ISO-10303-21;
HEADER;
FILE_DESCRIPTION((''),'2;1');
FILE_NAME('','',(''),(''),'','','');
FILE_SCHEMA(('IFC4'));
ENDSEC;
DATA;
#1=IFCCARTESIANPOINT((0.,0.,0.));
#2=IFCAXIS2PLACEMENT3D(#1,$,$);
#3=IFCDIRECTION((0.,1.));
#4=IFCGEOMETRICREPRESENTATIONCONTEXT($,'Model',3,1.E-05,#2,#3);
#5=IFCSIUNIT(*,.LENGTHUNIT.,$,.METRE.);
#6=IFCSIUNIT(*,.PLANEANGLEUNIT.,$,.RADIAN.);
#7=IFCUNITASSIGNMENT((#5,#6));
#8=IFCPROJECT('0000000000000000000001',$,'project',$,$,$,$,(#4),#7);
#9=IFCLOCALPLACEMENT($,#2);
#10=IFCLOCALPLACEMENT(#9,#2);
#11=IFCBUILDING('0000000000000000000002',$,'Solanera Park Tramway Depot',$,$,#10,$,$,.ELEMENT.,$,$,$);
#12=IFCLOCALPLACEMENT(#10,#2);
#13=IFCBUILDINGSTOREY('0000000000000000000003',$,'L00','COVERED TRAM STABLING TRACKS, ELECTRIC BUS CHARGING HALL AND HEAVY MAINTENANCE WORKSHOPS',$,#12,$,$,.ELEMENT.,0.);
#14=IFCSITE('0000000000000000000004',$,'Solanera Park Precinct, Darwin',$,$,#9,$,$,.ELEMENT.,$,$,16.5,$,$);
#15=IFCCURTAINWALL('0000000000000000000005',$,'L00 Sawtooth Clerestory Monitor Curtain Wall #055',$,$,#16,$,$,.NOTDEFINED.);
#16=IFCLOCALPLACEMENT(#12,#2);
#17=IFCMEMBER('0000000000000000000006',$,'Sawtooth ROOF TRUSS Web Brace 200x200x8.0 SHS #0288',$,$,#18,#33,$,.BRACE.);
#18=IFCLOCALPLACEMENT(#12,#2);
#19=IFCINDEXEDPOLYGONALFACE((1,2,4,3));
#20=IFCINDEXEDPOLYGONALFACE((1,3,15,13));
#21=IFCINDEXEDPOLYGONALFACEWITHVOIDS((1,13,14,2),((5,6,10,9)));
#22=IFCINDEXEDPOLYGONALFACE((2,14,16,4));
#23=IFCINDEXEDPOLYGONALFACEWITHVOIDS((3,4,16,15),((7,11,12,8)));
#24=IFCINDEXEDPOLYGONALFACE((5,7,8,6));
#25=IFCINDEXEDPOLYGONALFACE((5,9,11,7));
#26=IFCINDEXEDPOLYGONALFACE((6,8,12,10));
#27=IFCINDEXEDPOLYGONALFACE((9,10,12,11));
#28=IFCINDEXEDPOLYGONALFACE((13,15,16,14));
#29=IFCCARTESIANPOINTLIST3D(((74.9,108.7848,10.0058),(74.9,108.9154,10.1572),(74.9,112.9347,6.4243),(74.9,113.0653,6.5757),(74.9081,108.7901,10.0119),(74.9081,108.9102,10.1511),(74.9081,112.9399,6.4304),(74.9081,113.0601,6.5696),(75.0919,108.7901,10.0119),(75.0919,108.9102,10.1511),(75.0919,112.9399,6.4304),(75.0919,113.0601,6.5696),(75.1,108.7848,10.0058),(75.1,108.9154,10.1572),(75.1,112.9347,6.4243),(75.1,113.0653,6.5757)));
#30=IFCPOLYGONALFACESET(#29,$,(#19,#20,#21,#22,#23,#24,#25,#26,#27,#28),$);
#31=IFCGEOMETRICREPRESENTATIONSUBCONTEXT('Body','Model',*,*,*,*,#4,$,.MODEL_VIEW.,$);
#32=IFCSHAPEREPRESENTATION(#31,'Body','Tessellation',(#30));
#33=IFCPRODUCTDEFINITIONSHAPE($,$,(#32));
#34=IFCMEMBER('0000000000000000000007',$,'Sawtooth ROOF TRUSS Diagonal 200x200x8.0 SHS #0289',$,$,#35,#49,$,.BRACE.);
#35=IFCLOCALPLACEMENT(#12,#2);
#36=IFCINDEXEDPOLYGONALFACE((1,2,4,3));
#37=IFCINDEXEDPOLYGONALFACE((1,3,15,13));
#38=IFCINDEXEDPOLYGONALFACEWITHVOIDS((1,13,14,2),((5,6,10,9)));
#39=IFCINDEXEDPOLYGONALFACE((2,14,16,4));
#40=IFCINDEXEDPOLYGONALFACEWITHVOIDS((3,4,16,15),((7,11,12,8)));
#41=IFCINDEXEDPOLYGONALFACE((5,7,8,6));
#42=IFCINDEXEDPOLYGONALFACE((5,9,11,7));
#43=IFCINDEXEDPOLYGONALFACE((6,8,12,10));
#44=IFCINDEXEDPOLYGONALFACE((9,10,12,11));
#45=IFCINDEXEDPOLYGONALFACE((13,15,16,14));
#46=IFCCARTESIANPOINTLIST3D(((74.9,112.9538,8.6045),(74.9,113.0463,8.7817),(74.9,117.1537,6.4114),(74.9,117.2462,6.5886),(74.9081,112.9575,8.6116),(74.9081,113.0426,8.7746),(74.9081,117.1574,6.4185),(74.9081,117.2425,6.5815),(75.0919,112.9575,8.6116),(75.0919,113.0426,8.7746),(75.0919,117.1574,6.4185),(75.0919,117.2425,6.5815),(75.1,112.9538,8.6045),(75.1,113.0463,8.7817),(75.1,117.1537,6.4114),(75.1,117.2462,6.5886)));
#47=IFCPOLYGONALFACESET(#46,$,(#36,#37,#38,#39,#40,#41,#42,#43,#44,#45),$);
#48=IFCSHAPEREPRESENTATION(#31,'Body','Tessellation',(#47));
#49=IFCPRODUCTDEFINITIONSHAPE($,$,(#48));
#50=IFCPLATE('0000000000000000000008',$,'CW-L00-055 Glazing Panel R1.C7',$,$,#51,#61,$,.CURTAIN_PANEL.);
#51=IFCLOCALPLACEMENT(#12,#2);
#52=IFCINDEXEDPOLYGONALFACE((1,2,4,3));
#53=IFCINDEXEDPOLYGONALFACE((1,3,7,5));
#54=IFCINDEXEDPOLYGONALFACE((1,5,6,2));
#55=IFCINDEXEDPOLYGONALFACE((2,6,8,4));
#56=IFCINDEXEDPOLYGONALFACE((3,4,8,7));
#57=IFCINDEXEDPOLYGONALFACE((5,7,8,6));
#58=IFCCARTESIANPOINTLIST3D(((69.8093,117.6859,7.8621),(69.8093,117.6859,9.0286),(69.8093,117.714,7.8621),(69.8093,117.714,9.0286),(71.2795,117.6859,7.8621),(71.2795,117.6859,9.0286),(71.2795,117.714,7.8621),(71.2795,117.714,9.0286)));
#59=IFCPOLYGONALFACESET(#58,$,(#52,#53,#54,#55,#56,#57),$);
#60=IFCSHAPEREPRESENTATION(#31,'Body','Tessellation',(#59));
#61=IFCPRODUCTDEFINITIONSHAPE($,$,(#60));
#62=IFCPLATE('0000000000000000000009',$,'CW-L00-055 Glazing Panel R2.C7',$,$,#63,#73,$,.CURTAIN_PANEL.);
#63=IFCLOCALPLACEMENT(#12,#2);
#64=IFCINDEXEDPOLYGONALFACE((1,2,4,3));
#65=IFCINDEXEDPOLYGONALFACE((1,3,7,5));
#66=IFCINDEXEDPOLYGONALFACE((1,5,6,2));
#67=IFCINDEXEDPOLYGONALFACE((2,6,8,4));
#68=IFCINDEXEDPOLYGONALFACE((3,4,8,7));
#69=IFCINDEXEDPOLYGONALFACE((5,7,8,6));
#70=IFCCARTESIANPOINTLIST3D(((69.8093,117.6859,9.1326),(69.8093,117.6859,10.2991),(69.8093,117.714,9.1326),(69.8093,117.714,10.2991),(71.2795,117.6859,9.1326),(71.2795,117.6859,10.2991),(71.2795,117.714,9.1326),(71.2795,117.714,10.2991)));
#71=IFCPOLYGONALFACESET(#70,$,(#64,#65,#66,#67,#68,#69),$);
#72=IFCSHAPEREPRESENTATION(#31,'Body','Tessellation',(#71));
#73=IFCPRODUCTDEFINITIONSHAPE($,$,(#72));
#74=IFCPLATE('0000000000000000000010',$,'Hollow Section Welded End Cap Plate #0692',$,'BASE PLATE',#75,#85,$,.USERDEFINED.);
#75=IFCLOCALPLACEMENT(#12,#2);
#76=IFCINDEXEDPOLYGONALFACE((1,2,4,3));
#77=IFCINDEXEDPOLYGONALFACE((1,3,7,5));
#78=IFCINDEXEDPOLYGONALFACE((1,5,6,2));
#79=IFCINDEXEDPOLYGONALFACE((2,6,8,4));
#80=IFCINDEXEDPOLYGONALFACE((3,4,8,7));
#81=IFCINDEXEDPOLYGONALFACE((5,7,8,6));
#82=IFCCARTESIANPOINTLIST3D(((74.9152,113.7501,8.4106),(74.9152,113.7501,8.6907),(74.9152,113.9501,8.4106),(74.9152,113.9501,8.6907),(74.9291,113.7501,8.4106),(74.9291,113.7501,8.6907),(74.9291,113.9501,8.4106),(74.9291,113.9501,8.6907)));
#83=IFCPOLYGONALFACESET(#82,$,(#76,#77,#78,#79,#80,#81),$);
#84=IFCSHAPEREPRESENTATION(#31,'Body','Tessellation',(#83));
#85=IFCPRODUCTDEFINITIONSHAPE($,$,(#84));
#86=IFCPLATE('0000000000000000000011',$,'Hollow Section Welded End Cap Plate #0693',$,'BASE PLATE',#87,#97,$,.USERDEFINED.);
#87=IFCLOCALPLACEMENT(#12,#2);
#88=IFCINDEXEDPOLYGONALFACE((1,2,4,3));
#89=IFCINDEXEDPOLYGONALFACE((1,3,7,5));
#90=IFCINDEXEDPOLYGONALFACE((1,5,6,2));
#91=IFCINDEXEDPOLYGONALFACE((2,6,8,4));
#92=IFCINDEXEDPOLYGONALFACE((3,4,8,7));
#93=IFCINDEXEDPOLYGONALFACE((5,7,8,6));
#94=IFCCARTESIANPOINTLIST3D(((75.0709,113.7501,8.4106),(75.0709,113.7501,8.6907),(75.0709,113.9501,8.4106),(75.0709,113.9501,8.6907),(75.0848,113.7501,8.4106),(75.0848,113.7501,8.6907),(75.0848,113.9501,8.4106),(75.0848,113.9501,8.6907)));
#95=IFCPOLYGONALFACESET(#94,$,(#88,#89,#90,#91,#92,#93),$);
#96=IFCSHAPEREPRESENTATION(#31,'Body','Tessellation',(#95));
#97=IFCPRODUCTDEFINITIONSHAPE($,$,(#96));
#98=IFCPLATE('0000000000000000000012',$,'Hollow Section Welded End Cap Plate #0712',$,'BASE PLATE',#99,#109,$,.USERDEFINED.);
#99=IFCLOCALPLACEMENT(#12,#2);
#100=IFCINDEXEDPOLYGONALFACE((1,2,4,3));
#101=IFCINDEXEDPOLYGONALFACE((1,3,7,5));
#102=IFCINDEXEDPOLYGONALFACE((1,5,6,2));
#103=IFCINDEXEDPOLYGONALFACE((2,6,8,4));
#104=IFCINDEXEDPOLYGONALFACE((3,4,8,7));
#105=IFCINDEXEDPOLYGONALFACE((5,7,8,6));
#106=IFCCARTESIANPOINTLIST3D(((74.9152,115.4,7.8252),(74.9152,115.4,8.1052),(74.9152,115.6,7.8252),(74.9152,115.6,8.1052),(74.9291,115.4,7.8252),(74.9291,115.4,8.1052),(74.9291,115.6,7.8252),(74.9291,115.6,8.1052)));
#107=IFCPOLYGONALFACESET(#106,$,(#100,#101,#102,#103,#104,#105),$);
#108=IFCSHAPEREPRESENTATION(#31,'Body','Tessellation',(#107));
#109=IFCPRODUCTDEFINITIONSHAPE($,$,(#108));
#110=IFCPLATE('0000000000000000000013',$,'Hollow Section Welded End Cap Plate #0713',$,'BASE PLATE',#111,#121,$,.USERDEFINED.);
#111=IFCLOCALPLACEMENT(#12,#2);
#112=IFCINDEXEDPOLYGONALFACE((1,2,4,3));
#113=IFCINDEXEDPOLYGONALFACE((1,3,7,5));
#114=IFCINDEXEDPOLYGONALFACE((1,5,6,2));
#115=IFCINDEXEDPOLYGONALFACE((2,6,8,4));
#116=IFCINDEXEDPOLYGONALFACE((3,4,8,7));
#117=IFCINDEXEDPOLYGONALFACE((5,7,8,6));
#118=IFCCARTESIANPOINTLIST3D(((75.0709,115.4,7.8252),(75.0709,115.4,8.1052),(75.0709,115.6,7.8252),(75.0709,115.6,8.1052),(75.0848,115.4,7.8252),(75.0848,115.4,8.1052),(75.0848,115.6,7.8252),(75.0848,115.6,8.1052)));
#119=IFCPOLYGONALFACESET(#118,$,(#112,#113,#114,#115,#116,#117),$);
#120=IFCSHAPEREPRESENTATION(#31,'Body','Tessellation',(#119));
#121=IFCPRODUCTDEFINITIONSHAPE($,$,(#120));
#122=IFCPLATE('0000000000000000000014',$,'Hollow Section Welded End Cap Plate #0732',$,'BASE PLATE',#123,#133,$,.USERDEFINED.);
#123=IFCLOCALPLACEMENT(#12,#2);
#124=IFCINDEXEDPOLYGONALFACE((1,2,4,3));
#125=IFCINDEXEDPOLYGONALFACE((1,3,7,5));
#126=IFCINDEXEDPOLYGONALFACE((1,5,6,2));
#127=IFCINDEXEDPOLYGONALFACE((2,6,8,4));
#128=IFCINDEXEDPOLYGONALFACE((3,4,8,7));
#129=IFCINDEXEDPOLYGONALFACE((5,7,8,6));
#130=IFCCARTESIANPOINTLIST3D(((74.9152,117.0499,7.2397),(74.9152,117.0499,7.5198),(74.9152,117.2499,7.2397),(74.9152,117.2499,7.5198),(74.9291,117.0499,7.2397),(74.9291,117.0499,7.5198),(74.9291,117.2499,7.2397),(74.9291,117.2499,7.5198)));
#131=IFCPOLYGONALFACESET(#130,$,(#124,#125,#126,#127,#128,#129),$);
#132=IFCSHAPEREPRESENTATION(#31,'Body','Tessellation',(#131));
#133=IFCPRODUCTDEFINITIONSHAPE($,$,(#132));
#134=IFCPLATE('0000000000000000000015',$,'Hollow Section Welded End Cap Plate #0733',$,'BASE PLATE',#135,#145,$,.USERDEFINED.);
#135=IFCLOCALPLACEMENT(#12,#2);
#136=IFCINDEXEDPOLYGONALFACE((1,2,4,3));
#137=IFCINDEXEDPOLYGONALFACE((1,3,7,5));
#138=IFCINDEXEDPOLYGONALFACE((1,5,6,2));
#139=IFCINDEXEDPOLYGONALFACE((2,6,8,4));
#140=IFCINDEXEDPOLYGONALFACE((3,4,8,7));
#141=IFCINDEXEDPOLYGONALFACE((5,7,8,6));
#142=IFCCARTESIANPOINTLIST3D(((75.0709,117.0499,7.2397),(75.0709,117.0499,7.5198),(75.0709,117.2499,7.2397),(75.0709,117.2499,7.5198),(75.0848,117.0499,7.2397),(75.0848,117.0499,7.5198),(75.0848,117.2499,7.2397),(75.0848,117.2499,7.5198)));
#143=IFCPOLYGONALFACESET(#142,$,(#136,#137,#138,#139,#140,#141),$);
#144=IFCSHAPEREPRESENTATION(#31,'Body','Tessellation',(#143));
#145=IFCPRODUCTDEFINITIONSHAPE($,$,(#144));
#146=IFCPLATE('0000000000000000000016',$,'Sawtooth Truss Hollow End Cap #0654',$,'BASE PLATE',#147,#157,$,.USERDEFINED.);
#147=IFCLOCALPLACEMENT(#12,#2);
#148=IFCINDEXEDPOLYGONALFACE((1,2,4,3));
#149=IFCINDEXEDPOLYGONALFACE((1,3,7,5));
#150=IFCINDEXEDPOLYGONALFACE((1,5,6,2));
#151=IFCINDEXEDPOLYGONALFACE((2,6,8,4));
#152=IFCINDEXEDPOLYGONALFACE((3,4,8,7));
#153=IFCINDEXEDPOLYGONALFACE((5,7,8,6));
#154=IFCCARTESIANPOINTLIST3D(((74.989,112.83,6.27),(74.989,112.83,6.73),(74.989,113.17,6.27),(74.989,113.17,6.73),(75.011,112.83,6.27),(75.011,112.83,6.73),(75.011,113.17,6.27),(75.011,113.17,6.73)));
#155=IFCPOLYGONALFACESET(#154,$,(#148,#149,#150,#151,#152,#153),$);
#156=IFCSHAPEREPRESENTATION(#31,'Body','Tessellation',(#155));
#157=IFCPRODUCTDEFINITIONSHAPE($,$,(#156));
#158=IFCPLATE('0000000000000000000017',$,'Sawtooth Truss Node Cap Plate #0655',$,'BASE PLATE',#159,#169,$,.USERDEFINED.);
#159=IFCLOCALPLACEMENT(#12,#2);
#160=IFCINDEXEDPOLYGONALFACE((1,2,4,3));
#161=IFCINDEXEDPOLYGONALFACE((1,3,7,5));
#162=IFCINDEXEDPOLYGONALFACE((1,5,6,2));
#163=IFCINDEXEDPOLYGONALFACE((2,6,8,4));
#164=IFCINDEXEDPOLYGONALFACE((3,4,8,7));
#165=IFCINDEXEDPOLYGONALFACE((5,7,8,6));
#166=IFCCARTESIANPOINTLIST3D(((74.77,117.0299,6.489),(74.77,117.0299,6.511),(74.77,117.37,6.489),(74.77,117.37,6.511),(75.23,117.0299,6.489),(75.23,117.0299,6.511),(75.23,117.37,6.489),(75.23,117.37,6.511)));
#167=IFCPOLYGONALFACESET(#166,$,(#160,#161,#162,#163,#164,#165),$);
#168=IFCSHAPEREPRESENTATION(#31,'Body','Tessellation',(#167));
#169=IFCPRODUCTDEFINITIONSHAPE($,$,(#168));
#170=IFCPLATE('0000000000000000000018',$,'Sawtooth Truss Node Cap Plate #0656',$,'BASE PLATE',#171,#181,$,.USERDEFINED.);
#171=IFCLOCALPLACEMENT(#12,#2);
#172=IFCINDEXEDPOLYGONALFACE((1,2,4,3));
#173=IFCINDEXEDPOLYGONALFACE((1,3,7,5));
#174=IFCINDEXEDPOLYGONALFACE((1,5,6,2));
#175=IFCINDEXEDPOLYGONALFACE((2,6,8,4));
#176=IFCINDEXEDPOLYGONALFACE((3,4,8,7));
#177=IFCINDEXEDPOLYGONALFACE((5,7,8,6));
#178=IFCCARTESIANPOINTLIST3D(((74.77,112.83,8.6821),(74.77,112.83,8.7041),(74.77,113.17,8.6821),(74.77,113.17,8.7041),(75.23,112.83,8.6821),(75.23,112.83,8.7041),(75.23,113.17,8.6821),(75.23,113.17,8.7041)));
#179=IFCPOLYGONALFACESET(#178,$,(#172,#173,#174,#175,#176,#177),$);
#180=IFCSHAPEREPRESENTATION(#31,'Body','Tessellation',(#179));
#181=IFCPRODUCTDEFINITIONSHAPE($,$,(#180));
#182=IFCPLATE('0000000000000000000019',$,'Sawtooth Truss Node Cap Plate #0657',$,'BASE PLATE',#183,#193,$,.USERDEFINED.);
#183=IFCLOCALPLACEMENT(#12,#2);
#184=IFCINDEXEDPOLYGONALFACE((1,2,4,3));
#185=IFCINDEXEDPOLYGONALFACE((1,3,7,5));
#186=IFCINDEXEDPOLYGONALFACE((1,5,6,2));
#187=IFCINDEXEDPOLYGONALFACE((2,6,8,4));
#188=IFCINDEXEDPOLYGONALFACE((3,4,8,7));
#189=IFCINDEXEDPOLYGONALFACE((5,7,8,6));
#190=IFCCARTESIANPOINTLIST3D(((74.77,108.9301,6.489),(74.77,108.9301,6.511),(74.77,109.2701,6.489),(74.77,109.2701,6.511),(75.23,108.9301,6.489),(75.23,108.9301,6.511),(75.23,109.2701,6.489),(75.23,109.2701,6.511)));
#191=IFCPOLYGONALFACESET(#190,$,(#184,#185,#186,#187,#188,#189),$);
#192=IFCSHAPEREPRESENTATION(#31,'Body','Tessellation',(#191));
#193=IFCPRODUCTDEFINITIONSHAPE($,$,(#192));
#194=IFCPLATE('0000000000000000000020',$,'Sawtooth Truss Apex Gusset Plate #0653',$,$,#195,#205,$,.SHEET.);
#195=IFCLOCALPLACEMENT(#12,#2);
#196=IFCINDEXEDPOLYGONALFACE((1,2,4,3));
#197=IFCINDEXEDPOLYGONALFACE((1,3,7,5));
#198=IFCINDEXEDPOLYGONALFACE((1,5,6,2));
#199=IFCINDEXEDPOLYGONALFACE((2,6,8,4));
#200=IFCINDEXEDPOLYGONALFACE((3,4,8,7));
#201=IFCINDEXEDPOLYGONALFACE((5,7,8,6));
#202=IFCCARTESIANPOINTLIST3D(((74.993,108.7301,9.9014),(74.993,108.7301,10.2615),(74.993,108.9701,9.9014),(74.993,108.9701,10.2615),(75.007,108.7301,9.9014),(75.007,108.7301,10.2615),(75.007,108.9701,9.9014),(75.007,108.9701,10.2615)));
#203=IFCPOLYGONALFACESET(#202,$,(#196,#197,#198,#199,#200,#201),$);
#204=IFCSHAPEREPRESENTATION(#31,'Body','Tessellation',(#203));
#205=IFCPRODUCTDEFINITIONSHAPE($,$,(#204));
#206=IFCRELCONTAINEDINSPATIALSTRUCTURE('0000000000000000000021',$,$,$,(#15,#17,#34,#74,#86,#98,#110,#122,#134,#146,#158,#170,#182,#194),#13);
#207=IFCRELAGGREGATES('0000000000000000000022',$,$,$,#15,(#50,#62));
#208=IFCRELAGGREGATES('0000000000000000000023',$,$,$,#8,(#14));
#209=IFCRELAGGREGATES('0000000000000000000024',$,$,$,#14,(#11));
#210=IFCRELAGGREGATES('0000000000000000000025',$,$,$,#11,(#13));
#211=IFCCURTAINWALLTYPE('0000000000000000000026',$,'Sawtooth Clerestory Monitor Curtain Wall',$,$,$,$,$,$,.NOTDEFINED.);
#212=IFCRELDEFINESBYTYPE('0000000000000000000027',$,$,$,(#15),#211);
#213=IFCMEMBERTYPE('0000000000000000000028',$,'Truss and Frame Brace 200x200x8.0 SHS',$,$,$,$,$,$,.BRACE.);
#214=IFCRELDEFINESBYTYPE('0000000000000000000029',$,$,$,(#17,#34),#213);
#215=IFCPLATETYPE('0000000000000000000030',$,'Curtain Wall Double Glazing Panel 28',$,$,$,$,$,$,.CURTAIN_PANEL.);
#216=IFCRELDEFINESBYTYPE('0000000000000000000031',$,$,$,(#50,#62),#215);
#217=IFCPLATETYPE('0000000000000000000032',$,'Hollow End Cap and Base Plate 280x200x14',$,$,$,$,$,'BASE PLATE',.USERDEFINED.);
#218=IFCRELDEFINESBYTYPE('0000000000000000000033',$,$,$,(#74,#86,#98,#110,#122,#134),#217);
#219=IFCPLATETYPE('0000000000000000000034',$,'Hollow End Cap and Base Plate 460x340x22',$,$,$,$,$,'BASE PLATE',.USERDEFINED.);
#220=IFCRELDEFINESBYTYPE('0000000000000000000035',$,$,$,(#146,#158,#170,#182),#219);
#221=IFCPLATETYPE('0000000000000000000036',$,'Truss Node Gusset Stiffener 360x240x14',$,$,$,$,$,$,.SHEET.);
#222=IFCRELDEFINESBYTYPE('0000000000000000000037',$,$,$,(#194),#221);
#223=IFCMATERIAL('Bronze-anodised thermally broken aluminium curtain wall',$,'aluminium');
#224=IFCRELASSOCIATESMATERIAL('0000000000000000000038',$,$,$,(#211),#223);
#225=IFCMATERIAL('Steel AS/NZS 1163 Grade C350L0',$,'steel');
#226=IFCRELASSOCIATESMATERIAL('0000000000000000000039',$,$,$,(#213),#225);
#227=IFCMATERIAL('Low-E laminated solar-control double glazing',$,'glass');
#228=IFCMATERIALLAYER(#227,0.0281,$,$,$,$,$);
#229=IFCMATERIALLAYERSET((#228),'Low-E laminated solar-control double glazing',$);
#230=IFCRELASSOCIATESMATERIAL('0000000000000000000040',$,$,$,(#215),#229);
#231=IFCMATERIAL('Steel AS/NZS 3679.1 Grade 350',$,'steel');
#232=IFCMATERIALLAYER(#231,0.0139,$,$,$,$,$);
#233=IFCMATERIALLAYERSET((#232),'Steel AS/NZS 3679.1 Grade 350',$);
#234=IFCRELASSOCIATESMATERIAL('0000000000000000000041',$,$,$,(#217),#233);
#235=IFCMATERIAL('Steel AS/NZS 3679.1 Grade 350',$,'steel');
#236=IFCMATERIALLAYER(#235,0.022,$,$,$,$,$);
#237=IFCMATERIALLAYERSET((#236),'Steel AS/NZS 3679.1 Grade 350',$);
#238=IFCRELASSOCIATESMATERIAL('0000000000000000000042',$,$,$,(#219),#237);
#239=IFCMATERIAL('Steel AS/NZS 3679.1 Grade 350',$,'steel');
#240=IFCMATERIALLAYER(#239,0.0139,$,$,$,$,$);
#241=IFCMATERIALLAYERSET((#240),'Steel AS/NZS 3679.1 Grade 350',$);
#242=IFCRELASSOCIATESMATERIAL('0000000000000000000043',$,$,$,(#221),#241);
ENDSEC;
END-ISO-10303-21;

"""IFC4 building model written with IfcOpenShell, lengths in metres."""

from ifc_helpers import new_model, si_unit, direction, frame, origin, origin_2d, place, context, subcontext, project, spatial, rectangle, hollow_rectangle, extrude, material, layer, layer_set, material_profile, profile_set, type_object, element, aggregate, save


model = new_model("IFC4")

# Units and contexts
model_context = context("Model", 3, precision=1e-05, world=origin(), true_north=direction((0.0, 1.0)))
body_context = subcontext(model_context, "Body", "Model", "MODEL_VIEW")
ifc_project = project(units=[si_unit("LENGTHUNIT", "METRE"), si_unit("PLANEANGLEUNIT", "RADIAN")], contexts=[model_context])

# Site, building, storey
site_placement = place(None, origin())
site = spatial("IfcSite", under=ifc_project, at=site_placement, Name="Solanera Park Precinct, Darwin", CompositionType="ELEMENT", RefElevation=16.5)
building_placement = place(site_placement, origin())
building = spatial("IfcBuilding", under=site, at=building_placement, Name="Solanera Park Tramway Depot", CompositionType="ELEMENT")
storey_placement = place(building_placement, origin())
storey = spatial("IfcBuildingStorey", under=building, at=storey_placement, Name="L00", Description="COVERED TRAM STABLING TRACKS, ELECTRIC BUS CHARGING HALL AND HEAVY MAINTENANCE WORKSHOPS", CompositionType="ELEMENT", Elevation=0.0)

# Curtain wall
ifc_material_1 = material(Name="Bronze-anodised thermally broken aluminium curtain wall", Category="aluminium")
curtain_wall_type = type_object("IfcCurtainWallType", Name="Sawtooth Clerestory Monitor Curtain Wall", PredefinedType="NOTDEFINED", material=ifc_material_1)
curtain_wall_placement = place(storey_placement, origin())
curtain_wall = element("IfcCurtainWall", 1, at=curtain_wall_placement, inside=storey, type_object=curtain_wall_type, Name="L00 Sawtooth Clerestory Monitor Curtain Wall #055", PredefinedType="NOTDEFINED")

# Members
ifc_material_2 = material(Name="Steel AS/NZS 1163 Grade C350L0", Category="steel")
ifc_material_profile_1 = material_profile(ifc_material_2, hollow_rectangle(XDim=0.2, YDim=0.2, WallThickness=0.0081, at=origin_2d()), Name="200x200x8.0 SHS")
ifc_profile_set_1 = profile_set([ifc_material_profile_1], Name="Steel AS/NZS 1163 Grade C350L0")
member_type_1 = type_object("IfcMemberType", Name="Truss and Frame Brace 200x200x8.0 SHS", PredefinedType="BRACE", material=ifc_profile_set_1)
member_1_placement = place(storey_placement, frame((75.0, 113.0, 6.5), z_axis=(0.0, -0.757045, 0.653362), x_axis=(1.0, 0.0, 0.0)))
element("IfcMember", 2, at=member_1_placement, inside=storey, type_object=member_type_1, Name="Sawtooth ROOF TRUSS Web Brace 200x200x8.0 SHS #0288", PredefinedType="BRACE", context=body_context, shape_type="SweptSolid", body=[
    extrude(hollow_rectangle(XDim=0.2, YDim=0.2, WallThickness=0.0081, at=origin_2d()), origin(), (0.0, 0.0, 1.0), 5.4817),
])
member_2_placement = place(storey_placement, frame((75.0, 117.2, 6.5), z_axis=(0.0, -0.886426, 0.462871), x_axis=(1.0, 0.0, 0.0)))
element("IfcMember", 3, at=member_2_placement, inside=storey, type_object=member_type_1, Name="Sawtooth ROOF TRUSS Diagonal 200x200x8.0 SHS #0289", PredefinedType="BRACE", context=body_context, shape_type="SweptSolid", body=[
    extrude(hollow_rectangle(XDim=0.2, YDim=0.2, WallThickness=0.0081, at=origin_2d()), origin(), (0.0, 0.0, 1.0), 4.738),
])

# Plates
ifc_material_3 = material(Name="Low-E laminated solar-control double glazing", Category="glass")
ifc_layer_1 = layer(ifc_material_3, 0.0281)
ifc_layer_set_1 = layer_set([ifc_layer_1], Name="Low-E laminated solar-control double glazing")
plate_type_1 = type_object("IfcPlateType", Name="Curtain Wall Double Glazing Panel 28", PredefinedType="CURTAIN_PANEL", material=ifc_layer_set_1)
plate_1_placement = place(storey_placement, frame((70.5444, 117.7, 7.8621), z_axis=(0.0, 0.0, 1.0), x_axis=(1.0, 0.0, 0.0)))
plate_1 = element("IfcPlate", 4, at=plate_1_placement, type_object=plate_type_1, Name="CW-L00-055 Glazing Panel R1.C7", PredefinedType="CURTAIN_PANEL", context=body_context, shape_type="SweptSolid", body=[
    extrude(rectangle(XDim=1.4702, YDim=0.0281, at=origin_2d()), origin(), (0.0, 0.0, 1.0), 1.1665),
])
plate_2_placement = place(storey_placement, frame((70.5444, 117.7, 9.1326), z_axis=(0.0, 0.0, 1.0), x_axis=(1.0, 0.0, 0.0)))
plate_2 = element("IfcPlate", 5, at=plate_2_placement, type_object=plate_type_1, Name="CW-L00-055 Glazing Panel R2.C7", PredefinedType="CURTAIN_PANEL", context=body_context, shape_type="SweptSolid", body=[
    extrude(rectangle(XDim=1.4702, YDim=0.0281, at=origin_2d()), origin(), (0.0, 0.0, 1.0), 1.1665),
])
aggregate(curtain_wall, [plate_1, plate_2])

# Plates
ifc_material_4 = material(Name="Steel AS/NZS 3679.1 Grade 350", Category="steel")
ifc_layer_2 = layer(ifc_material_4, 0.0139)
ifc_layer_set_2 = layer_set([ifc_layer_2], Name="Steel AS/NZS 3679.1 Grade 350")
plate_type_2 = type_object("IfcPlateType", Name="Hollow End Cap and Base Plate 280x200x14", ElementType="BASE PLATE", PredefinedType="USERDEFINED", material=ifc_layer_set_2)
for number, where, z_axis, x_axis, name in (
    (6, (74.9221, 113.8501, 8.4106), (0.0, 0.0, 1.0), (1.0, 0.0, 0.0), "Hollow Section Welded End Cap Plate #0692"),
    (7, (75.0779, 113.8501, 8.4106), (0.0, 0.0, 1.0), (1.0, 0.0, 0.0), "Hollow Section Welded End Cap Plate #0693"),
    (8, (74.9221, 115.5, 7.8252), (0.0, 0.0, 1.0), (1.0, 0.0, 0.0), "Hollow Section Welded End Cap Plate #0712"),
    (9, (75.0779, 115.5, 7.8252), (0.0, 0.0, 1.0), (1.0, 0.0, 0.0), "Hollow Section Welded End Cap Plate #0713"),
    (10, (74.9221, 117.1499, 7.2397), (0.0, 0.0, 1.0), (1.0, 0.0, 0.0), "Hollow Section Welded End Cap Plate #0732"),
    (11, (75.0779, 117.1499, 7.2397), (0.0, 0.0, 1.0), (1.0, 0.0, 0.0), "Hollow Section Welded End Cap Plate #0733"),
):
    element("IfcPlate", number, at=place(storey_placement, frame(where, z_axis=z_axis, x_axis=x_axis)), inside=storey, type_object=plate_type_2, Name=name, ObjectType="BASE PLATE", PredefinedType="USERDEFINED", context=body_context, shape_type="SweptSolid", body=[
        extrude(rectangle(XDim=0.0139, YDim=0.2, at=origin_2d()), origin(), (0.0, 0.0, 1.0), 0.28),
    ])
ifc_material_5 = material(Name="Steel AS/NZS 3679.1 Grade 350", Category="steel")
ifc_layer_3 = layer(ifc_material_5, 0.022)
ifc_layer_set_3 = layer_set([ifc_layer_3], Name="Steel AS/NZS 3679.1 Grade 350")
plate_type_3 = type_object("IfcPlateType", Name="Hollow End Cap and Base Plate 460x340x22", ElementType="BASE PLATE", PredefinedType="USERDEFINED", material=ifc_layer_set_3)
plate_3_placement = place(storey_placement, frame((75.0, 113.0, 6.27), z_axis=(0.0, 0.0, 1.0), x_axis=(1.0, 0.0, 0.0)))
element("IfcPlate", 12, at=plate_3_placement, inside=storey, type_object=plate_type_3, Name="Sawtooth Truss Hollow End Cap #0654", ObjectType="BASE PLATE", PredefinedType="USERDEFINED", context=body_context, shape_type="SweptSolid", body=[
    extrude(rectangle(XDim=0.022, YDim=0.3401, at=origin_2d()), origin(), (0.0, 0.0, 1.0), 0.46),
])
for number, where, z_axis, x_axis, name in (
    (13, (75.0, 117.2, 6.489), (0.0, 0.0, 1.0), (1.0, 0.0, 0.0), "Sawtooth Truss Node Cap Plate #0655"),
    (14, (75.0, 113.0, 8.6821), (0.0, 0.0, 1.0), (1.0, 0.0, 0.0), "Sawtooth Truss Node Cap Plate #0656"),
    (15, (75.0, 109.1001, 6.489), (0.0, 0.0, 1.0), (1.0, 0.0, 0.0), "Sawtooth Truss Node Cap Plate #0657"),
):
    element("IfcPlate", number, at=place(storey_placement, frame(where, z_axis=z_axis, x_axis=x_axis)), inside=storey, type_object=plate_type_3, Name=name, ObjectType="BASE PLATE", PredefinedType="USERDEFINED", context=body_context, shape_type="SweptSolid", body=[
        extrude(rectangle(XDim=0.46, YDim=0.3401, at=origin_2d()), origin(), (0.0, 0.0, 1.0), 0.022),
    ])
ifc_material_6 = material(Name="Steel AS/NZS 3679.1 Grade 350", Category="steel")
ifc_layer_4 = layer(ifc_material_6, 0.0139)
ifc_layer_set_4 = layer_set([ifc_layer_4], Name="Steel AS/NZS 3679.1 Grade 350")
plate_type_4 = type_object("IfcPlateType", Name="Truss Node Gusset Stiffener 360x240x14", PredefinedType="SHEET", material=ifc_layer_set_4)
plate_4_placement = place(storey_placement, frame((75.0, 108.8501, 9.9014), z_axis=(0.0, 0.0, 1.0), x_axis=(1.0, 0.0, 0.0)))
element("IfcPlate", 16, at=plate_4_placement, inside=storey, type_object=plate_type_4, Name="Sawtooth Truss Apex Gusset Plate #0653", PredefinedType="SHEET", context=body_context, shape_type="SweptSolid", body=[
    extrude(rectangle(XDim=0.0139, YDim=0.24, at=origin_2d()), origin(), (0.0, 0.0, 1.0), 0.3601),
])

save(model, "model.ifc")
